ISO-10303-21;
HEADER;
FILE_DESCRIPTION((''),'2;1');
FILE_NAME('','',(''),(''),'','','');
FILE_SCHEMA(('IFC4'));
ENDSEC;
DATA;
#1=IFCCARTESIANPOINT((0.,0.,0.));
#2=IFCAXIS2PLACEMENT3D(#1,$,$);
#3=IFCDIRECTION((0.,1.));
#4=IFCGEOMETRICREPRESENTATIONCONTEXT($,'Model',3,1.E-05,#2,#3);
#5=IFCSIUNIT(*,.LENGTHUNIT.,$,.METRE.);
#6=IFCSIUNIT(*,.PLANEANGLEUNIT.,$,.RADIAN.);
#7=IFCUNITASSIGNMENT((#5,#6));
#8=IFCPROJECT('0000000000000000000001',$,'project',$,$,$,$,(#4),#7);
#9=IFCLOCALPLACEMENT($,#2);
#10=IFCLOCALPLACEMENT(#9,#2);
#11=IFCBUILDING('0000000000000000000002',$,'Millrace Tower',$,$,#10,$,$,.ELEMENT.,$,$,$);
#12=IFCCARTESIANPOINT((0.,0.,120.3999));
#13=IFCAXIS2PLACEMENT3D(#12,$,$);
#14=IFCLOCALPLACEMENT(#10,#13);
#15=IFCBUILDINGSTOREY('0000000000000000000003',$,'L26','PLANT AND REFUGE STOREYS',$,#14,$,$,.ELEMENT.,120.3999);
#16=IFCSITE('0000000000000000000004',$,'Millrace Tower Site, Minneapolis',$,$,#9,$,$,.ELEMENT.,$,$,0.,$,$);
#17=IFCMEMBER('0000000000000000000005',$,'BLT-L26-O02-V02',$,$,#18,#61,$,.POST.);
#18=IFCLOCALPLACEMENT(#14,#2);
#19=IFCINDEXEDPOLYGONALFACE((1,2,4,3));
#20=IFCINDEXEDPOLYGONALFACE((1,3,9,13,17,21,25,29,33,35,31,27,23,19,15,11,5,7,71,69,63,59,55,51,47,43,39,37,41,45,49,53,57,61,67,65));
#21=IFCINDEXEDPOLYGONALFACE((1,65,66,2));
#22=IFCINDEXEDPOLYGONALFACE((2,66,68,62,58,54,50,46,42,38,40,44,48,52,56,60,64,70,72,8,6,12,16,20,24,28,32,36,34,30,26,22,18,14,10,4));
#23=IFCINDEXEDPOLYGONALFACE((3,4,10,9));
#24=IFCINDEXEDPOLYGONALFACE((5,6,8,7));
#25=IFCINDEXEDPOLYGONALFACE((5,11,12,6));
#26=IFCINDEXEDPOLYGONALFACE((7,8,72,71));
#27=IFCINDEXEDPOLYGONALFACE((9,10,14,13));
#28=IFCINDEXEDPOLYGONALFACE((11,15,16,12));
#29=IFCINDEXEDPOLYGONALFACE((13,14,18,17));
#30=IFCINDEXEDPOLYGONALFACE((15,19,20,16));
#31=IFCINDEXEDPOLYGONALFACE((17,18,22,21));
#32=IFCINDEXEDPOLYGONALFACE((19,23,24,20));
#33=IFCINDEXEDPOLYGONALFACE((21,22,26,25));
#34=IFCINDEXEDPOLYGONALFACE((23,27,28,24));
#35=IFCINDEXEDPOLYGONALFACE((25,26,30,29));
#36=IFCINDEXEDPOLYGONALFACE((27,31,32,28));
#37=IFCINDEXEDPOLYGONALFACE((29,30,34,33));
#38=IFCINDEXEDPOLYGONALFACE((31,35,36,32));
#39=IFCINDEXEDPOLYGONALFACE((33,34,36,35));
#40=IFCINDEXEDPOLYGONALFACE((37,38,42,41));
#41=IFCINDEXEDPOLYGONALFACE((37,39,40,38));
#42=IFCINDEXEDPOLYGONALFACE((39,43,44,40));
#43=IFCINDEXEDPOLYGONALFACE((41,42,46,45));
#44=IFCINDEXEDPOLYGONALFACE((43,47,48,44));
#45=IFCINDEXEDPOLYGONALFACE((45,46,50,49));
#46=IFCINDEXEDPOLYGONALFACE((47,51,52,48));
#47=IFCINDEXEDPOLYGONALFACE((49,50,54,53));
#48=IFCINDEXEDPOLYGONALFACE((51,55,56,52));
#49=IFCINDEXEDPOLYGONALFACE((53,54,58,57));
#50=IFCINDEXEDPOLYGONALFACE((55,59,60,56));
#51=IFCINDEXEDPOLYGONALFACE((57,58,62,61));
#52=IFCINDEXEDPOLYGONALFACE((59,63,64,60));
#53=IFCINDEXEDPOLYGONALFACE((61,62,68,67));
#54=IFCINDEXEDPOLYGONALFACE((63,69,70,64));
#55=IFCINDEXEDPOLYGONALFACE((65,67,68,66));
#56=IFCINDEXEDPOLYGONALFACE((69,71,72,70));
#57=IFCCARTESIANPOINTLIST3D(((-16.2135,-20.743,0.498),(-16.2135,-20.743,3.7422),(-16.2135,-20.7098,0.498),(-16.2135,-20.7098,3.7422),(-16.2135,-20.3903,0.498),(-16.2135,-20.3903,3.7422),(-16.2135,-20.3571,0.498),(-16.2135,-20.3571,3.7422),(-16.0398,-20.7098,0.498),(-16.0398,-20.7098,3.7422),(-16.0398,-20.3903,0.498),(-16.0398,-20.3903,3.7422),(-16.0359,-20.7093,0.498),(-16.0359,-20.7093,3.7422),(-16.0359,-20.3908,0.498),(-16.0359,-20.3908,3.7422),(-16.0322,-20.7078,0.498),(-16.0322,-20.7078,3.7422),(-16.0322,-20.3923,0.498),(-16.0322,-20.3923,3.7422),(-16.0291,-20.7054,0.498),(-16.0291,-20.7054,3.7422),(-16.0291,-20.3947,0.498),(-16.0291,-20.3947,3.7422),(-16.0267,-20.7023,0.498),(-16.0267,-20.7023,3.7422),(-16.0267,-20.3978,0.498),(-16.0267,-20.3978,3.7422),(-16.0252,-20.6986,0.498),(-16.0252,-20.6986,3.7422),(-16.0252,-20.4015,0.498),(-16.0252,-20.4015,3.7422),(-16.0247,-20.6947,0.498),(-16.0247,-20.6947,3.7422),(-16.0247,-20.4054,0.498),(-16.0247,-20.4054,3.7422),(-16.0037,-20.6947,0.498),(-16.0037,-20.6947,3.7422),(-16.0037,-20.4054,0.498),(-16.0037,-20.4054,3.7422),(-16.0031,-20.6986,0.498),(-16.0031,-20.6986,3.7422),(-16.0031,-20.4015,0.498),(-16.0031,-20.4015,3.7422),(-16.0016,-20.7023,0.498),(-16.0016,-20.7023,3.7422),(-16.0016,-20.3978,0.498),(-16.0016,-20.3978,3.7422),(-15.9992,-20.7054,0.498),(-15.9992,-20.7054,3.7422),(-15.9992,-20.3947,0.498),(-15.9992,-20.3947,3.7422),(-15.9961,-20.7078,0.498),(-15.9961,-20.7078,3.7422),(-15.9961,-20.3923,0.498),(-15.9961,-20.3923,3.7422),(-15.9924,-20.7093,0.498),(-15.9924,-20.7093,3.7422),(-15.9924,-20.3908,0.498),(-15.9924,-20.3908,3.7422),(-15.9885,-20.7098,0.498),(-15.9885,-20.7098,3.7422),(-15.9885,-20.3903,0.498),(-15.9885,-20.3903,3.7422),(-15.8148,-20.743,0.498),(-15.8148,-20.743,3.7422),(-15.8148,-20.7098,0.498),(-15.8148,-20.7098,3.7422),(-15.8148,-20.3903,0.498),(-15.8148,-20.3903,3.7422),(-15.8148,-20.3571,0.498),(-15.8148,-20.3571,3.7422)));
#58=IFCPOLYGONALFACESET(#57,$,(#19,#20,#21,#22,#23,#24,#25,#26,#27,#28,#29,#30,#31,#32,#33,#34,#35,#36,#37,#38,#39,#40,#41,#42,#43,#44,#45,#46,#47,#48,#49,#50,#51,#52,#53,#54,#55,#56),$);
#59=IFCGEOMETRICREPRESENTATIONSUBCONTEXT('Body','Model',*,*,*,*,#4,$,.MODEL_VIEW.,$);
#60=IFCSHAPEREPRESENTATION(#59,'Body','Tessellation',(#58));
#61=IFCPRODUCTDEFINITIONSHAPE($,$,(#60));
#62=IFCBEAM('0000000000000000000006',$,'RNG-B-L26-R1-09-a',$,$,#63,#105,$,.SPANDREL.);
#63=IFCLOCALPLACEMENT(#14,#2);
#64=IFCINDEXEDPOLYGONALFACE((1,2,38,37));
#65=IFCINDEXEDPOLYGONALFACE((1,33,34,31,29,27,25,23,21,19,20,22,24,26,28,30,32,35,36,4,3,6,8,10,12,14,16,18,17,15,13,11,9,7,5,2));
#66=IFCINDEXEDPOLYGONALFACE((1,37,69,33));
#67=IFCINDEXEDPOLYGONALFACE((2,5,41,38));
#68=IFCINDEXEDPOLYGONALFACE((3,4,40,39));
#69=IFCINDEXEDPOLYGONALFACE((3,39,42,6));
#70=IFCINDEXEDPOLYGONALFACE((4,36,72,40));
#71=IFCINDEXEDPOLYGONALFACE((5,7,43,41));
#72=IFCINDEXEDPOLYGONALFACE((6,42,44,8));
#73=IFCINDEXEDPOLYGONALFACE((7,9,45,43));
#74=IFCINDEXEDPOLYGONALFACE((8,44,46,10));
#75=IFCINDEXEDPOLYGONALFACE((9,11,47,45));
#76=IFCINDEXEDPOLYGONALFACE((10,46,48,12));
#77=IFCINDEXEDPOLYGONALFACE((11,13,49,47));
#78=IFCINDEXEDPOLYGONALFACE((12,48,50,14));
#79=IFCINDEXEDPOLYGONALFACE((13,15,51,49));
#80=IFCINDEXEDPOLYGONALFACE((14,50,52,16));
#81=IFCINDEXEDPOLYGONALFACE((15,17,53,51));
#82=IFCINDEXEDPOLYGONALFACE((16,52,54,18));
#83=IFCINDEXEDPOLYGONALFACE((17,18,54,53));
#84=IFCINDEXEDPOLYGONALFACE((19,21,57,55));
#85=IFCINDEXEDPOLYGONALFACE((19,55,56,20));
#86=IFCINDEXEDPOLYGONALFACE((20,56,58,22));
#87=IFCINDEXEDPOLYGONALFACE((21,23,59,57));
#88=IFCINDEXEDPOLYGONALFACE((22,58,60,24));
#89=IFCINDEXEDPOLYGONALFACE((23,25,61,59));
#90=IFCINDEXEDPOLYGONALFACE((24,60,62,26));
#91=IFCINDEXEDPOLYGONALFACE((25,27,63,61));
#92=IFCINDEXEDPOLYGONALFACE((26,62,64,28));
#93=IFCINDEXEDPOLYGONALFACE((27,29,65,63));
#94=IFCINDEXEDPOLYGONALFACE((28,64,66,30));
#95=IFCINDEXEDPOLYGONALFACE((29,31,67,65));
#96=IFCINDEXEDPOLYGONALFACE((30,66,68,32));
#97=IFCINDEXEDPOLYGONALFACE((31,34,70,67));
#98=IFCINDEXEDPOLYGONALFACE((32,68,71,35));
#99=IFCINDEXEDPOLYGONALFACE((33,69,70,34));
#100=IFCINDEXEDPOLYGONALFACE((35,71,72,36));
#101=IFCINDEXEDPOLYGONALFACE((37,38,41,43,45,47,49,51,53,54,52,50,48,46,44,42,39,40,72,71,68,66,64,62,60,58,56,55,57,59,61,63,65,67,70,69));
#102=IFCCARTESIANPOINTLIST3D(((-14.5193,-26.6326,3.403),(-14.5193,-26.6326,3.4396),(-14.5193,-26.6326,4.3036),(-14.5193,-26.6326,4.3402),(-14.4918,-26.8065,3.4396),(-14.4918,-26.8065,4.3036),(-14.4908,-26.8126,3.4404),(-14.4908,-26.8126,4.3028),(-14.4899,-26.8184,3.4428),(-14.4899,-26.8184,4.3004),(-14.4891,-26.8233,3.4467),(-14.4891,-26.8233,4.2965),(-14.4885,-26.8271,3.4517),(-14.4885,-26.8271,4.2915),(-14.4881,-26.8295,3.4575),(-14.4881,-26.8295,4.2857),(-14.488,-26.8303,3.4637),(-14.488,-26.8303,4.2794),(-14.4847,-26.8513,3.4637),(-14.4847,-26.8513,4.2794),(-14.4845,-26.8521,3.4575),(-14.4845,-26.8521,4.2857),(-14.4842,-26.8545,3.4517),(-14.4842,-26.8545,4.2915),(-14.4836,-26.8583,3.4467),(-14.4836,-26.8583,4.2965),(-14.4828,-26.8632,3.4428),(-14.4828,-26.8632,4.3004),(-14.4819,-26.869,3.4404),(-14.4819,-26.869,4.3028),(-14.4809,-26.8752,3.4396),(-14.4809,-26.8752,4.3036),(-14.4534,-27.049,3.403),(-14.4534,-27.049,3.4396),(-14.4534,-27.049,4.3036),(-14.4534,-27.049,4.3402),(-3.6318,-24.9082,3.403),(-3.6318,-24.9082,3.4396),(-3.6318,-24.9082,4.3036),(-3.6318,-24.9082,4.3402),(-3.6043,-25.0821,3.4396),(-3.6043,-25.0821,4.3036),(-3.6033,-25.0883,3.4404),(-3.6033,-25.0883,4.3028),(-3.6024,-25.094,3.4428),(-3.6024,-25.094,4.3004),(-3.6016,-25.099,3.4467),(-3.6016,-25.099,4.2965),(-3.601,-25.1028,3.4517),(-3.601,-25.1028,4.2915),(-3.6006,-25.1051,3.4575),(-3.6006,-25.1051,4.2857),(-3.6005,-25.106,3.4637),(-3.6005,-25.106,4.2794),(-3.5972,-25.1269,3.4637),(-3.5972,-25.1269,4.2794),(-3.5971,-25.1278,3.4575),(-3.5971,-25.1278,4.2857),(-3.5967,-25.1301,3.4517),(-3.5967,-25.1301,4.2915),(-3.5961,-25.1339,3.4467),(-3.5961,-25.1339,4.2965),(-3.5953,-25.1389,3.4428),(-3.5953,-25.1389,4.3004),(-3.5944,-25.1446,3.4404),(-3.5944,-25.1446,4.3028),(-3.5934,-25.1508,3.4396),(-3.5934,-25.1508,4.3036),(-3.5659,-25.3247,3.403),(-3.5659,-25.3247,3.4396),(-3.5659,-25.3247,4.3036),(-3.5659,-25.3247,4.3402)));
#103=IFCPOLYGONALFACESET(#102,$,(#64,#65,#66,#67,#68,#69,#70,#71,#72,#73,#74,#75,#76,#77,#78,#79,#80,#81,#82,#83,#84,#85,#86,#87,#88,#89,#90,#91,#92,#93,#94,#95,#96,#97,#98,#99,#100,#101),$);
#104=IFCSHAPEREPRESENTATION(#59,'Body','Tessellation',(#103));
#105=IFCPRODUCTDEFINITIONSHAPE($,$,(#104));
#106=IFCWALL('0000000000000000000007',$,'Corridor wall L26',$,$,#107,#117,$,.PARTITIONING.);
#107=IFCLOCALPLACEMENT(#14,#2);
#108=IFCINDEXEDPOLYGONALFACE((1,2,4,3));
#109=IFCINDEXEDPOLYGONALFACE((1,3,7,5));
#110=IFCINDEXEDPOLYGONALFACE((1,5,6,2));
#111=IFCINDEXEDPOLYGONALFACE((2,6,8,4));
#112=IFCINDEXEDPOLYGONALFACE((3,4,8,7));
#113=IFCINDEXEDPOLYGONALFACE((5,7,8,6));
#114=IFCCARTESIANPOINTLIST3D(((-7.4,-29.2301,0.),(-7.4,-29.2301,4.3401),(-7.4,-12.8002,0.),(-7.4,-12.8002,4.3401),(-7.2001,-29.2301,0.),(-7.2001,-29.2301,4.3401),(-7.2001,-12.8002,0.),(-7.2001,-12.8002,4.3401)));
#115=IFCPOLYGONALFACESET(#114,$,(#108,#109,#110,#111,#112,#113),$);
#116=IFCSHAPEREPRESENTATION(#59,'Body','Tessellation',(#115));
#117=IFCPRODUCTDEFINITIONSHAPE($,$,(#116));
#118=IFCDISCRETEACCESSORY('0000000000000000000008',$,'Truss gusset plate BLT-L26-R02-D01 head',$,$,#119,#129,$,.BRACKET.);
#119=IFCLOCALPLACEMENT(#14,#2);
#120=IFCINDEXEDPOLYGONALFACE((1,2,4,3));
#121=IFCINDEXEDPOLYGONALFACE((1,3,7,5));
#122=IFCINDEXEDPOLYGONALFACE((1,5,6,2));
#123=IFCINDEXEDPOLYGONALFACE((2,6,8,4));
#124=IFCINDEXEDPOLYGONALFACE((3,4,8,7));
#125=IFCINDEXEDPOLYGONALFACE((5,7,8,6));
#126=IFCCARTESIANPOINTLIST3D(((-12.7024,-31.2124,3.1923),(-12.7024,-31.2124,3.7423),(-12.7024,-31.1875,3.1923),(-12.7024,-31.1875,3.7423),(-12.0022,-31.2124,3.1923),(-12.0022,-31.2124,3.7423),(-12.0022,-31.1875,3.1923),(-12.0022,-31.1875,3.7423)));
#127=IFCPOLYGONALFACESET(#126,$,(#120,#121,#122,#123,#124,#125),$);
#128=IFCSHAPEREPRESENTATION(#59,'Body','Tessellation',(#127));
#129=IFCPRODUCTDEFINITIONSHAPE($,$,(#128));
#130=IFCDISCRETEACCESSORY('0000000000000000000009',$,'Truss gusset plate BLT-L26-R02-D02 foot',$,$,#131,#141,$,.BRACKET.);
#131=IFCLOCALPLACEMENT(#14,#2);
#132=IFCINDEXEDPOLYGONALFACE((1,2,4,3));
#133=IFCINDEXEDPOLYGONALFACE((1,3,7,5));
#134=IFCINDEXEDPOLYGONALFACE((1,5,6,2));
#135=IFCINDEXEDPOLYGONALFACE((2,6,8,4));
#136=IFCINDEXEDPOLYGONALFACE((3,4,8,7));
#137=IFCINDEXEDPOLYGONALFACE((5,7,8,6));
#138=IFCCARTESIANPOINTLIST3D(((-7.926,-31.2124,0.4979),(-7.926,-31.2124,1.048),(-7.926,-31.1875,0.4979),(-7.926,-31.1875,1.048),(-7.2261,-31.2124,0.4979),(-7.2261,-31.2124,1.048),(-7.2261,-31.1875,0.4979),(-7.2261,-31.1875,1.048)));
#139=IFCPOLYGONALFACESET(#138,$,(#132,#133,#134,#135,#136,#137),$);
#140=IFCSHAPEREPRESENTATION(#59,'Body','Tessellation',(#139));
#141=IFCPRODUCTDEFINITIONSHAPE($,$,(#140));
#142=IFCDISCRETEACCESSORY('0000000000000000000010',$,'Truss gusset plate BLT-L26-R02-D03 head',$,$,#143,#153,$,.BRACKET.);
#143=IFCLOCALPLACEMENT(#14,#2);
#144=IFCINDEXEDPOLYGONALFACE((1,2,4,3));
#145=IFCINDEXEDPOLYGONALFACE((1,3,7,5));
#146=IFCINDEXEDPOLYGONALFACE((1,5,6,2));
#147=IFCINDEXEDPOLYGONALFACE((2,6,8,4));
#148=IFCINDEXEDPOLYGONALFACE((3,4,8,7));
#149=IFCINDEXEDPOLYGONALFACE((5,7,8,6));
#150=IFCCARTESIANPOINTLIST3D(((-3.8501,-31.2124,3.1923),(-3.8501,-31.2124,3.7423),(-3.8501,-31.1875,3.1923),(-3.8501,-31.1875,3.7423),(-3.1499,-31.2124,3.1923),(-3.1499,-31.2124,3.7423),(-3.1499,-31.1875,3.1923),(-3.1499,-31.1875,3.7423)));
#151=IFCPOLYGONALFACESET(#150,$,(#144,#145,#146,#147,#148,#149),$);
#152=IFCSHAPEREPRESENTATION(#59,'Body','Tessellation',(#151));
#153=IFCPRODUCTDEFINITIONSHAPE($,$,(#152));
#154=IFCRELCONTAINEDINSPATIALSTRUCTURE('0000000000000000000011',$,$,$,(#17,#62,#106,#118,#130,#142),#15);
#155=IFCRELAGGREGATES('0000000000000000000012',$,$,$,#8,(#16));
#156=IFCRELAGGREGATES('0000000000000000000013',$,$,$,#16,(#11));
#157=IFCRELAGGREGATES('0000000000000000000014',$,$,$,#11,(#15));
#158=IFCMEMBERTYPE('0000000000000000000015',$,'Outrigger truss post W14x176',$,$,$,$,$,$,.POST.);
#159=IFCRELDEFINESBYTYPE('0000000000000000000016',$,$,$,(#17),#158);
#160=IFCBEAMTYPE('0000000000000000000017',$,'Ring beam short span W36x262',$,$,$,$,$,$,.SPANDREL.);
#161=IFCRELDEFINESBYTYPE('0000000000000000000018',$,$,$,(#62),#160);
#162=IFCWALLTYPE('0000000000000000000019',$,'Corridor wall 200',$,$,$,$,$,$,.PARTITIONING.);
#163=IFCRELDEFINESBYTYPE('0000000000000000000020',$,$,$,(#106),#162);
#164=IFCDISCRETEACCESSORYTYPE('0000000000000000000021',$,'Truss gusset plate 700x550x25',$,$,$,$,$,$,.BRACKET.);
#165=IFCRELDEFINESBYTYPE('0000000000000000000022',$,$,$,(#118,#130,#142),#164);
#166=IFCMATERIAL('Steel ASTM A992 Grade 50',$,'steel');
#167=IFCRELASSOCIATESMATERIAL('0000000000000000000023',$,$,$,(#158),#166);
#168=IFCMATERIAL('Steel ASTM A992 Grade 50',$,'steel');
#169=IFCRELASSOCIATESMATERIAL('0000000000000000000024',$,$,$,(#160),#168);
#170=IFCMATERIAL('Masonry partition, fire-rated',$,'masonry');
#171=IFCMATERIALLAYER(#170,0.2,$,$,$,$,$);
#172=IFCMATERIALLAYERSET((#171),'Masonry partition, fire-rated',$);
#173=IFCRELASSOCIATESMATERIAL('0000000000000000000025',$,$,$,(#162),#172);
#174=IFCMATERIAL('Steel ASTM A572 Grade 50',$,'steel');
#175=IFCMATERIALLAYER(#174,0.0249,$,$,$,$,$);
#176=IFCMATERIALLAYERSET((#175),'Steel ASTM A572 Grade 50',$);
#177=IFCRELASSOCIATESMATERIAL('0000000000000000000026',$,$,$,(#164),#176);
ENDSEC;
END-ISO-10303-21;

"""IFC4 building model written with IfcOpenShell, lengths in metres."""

from ifc_helpers import new_model, si_unit, direction, frame, frame_2d, origin, origin_2d, place, context, subcontext, project, spatial, rectangle, i_section, extrude, material, layer, layer_set, material_profile, profile_set, type_object, element, save


model = new_model("IFC4")

# Units and contexts
model_context = context("Model", 3, precision=1e-05, world=origin(), true_north=direction((0.0, 1.0)))
body_context = subcontext(model_context, "Body", "Model", "MODEL_VIEW")
ifc_project = project(units=[si_unit("LENGTHUNIT", "METRE"), si_unit("PLANEANGLEUNIT", "RADIAN")], contexts=[model_context])

# Site, building, storey
site_placement = place(None, origin())
site = spatial("IfcSite", under=ifc_project, at=site_placement, Name="Millrace Tower Site, Minneapolis", CompositionType="ELEMENT", RefElevation=0.0)
building_placement = place(site_placement, origin())
building = spatial("IfcBuilding", under=site, at=building_placement, Name="Millrace Tower", CompositionType="ELEMENT")
storey_placement = place(building_placement, frame((0.0, 0.0, 120.3999)))
storey = spatial("IfcBuildingStorey", under=building, at=storey_placement, Name="L26", Description="PLANT AND REFUGE STOREYS", CompositionType="ELEMENT", Elevation=120.3999)

# Member
ifc_material_1 = material(Name="Steel ASTM A992 Grade 50", Category="steel")
ifc_material_profile_1 = material_profile(ifc_material_1, i_section(OverallWidth=0.3987, OverallDepth=0.386, WebThickness=0.021, FlangeThickness=0.0332, FilletRadius=0.0151, at=origin_2d()))
ifc_profile_set_1 = profile_set([ifc_material_profile_1], Name="Steel ASTM A992 Grade 50")
member_type_1 = type_object("IfcMemberType", Name="Outrigger truss post W14x176", PredefinedType="POST", material=ifc_profile_set_1)
member_1_placement = place(storey_placement, frame((-16.0142, -20.55, 0.498), z_axis=(0.0, 0.0, 1.0), x_axis=(1.0, 0.0, 0.0)))
element("IfcMember", 1, at=member_1_placement, inside=storey, type_object=member_type_1, Name="BLT-L26-O02-V02", PredefinedType="POST", context=body_context, shape_type="SweptSolid", body=[
    extrude(i_section(OverallWidth=0.3987, OverallDepth=0.386, WebThickness=0.021, FlangeThickness=0.0332, FilletRadius=0.0151, at=origin_2d()), origin(), (0.0, 0.0, 1.0), 3.2441),
])

# Beam
ifc_material_2 = material(Name="Steel ASTM A992 Grade 50", Category="steel")
ifc_material_profile_2 = material_profile(ifc_material_2, i_section(OverallWidth=0.4216, OverallDepth=0.9373, WebThickness=0.0212, FlangeThickness=0.0366, FilletRadius=0.0242, at=origin_2d()))
ifc_profile_set_2 = profile_set([ifc_material_profile_2], Name="Steel ASTM A992 Grade 50")
beam_type_1 = type_object("IfcBeamType", Name="Ring beam short span W36x262", PredefinedType="SPANDREL", material=ifc_profile_set_2)
beam_1_placement = place(storey_placement, frame((-14.4863, -26.8408, 3.8716), z_axis=(0.987689, 0.156431, 0.0), x_axis=(-0.156431, 0.987689, 0.0)))
element("IfcBeam", 2, at=beam_1_placement, inside=storey, type_object=beam_type_1, Name="RNG-B-L26-R1-09-a", PredefinedType="SPANDREL", context=body_context, shape_type="SweptSolid", body=[
    extrude(i_section(OverallWidth=0.4216, OverallDepth=0.9373, WebThickness=0.0212, FlangeThickness=0.0366, FilletRadius=0.0242, at=origin_2d()), origin(), (0.0, 0.0, 1.0), 11.0232),
])

# Wall
ifc_material_3 = material(Name="Masonry partition, fire-rated", Category="masonry")
ifc_layer_1 = layer(ifc_material_3, 0.2)
ifc_layer_set_1 = layer_set([ifc_layer_1], Name="Masonry partition, fire-rated")
wall_type = type_object("IfcWallType", Name="Corridor wall 200", PredefinedType="PARTITIONING", material=ifc_layer_set_1)
wall_placement = place(storey_placement, frame((-7.3, -29.23, 0.0), z_axis=(0.0, 0.0, 1.0), x_axis=(0.0, 1.0, 0.0)))
element("IfcWall", 3, at=wall_placement, inside=storey, type_object=wall_type, Name="Corridor wall L26", PredefinedType="PARTITIONING", context=body_context, shape_type="SweptSolid", body=[
    extrude(rectangle(XDim=16.4299, YDim=0.2, at=frame_2d((8.2148, 0.0))), origin(), (0.0, 0.0, 1.0), 4.3401),
])

# Discrete accessories
ifc_material_4 = material(Name="Steel ASTM A572 Grade 50", Category="steel")
ifc_layer_2 = layer(ifc_material_4, 0.0249)
ifc_layer_set_2 = layer_set([ifc_layer_2], Name="Steel ASTM A572 Grade 50")
discrete_accessory_type = type_object("IfcDiscreteAccessoryType", Name="Truss gusset plate 700x550x25", PredefinedType="BRACKET", material=ifc_layer_set_2)
discrete_accessory_1_placement = place(storey_placement, frame((-12.7024, -31.2, 3.4673), z_axis=(1.0, 0.0, 0.0), x_axis=(0.0, 1.0, 0.0)))
element("IfcDiscreteAccessory", 4, at=discrete_accessory_1_placement, inside=storey, type_object=discrete_accessory_type, Name="Truss gusset plate BLT-L26-R02-D01 head", PredefinedType="BRACKET", context=body_context, shape_type="SweptSolid", body=[
    extrude(rectangle(XDim=0.0249, YDim=0.55, at=origin_2d()), origin(), (0.0, 0.0, 1.0), 0.7002),
])
discrete_accessory_2_placement = place(storey_placement, frame((-7.926, -31.2, 0.7729), z_axis=(1.0, 0.0, 0.0), x_axis=(0.0, 1.0, 0.0)))
element("IfcDiscreteAccessory", 5, at=discrete_accessory_2_placement, inside=storey, type_object=discrete_accessory_type, Name="Truss gusset plate BLT-L26-R02-D02 foot", PredefinedType="BRACKET", context=body_context, shape_type="SweptSolid", body=[
    extrude(rectangle(XDim=0.0249, YDim=0.55, at=origin_2d()), origin(), (0.0, 0.0, 1.0), 0.7),
])
discrete_accessory_3_placement = place(storey_placement, frame((-3.8501, -31.2, 3.4673), z_axis=(1.0, 0.0, 0.0), x_axis=(0.0, 1.0, 0.0)))
element("IfcDiscreteAccessory", 6, at=discrete_accessory_3_placement, inside=storey, type_object=discrete_accessory_type, Name="Truss gusset plate BLT-L26-R02-D03 head", PredefinedType="BRACKET", context=body_context, shape_type="SweptSolid", body=[
    extrude(rectangle(XDim=0.0249, YDim=0.55, at=origin_2d()), origin(), (0.0, 0.0, 1.0), 0.7002),
])

save(model, "model.ifc")
